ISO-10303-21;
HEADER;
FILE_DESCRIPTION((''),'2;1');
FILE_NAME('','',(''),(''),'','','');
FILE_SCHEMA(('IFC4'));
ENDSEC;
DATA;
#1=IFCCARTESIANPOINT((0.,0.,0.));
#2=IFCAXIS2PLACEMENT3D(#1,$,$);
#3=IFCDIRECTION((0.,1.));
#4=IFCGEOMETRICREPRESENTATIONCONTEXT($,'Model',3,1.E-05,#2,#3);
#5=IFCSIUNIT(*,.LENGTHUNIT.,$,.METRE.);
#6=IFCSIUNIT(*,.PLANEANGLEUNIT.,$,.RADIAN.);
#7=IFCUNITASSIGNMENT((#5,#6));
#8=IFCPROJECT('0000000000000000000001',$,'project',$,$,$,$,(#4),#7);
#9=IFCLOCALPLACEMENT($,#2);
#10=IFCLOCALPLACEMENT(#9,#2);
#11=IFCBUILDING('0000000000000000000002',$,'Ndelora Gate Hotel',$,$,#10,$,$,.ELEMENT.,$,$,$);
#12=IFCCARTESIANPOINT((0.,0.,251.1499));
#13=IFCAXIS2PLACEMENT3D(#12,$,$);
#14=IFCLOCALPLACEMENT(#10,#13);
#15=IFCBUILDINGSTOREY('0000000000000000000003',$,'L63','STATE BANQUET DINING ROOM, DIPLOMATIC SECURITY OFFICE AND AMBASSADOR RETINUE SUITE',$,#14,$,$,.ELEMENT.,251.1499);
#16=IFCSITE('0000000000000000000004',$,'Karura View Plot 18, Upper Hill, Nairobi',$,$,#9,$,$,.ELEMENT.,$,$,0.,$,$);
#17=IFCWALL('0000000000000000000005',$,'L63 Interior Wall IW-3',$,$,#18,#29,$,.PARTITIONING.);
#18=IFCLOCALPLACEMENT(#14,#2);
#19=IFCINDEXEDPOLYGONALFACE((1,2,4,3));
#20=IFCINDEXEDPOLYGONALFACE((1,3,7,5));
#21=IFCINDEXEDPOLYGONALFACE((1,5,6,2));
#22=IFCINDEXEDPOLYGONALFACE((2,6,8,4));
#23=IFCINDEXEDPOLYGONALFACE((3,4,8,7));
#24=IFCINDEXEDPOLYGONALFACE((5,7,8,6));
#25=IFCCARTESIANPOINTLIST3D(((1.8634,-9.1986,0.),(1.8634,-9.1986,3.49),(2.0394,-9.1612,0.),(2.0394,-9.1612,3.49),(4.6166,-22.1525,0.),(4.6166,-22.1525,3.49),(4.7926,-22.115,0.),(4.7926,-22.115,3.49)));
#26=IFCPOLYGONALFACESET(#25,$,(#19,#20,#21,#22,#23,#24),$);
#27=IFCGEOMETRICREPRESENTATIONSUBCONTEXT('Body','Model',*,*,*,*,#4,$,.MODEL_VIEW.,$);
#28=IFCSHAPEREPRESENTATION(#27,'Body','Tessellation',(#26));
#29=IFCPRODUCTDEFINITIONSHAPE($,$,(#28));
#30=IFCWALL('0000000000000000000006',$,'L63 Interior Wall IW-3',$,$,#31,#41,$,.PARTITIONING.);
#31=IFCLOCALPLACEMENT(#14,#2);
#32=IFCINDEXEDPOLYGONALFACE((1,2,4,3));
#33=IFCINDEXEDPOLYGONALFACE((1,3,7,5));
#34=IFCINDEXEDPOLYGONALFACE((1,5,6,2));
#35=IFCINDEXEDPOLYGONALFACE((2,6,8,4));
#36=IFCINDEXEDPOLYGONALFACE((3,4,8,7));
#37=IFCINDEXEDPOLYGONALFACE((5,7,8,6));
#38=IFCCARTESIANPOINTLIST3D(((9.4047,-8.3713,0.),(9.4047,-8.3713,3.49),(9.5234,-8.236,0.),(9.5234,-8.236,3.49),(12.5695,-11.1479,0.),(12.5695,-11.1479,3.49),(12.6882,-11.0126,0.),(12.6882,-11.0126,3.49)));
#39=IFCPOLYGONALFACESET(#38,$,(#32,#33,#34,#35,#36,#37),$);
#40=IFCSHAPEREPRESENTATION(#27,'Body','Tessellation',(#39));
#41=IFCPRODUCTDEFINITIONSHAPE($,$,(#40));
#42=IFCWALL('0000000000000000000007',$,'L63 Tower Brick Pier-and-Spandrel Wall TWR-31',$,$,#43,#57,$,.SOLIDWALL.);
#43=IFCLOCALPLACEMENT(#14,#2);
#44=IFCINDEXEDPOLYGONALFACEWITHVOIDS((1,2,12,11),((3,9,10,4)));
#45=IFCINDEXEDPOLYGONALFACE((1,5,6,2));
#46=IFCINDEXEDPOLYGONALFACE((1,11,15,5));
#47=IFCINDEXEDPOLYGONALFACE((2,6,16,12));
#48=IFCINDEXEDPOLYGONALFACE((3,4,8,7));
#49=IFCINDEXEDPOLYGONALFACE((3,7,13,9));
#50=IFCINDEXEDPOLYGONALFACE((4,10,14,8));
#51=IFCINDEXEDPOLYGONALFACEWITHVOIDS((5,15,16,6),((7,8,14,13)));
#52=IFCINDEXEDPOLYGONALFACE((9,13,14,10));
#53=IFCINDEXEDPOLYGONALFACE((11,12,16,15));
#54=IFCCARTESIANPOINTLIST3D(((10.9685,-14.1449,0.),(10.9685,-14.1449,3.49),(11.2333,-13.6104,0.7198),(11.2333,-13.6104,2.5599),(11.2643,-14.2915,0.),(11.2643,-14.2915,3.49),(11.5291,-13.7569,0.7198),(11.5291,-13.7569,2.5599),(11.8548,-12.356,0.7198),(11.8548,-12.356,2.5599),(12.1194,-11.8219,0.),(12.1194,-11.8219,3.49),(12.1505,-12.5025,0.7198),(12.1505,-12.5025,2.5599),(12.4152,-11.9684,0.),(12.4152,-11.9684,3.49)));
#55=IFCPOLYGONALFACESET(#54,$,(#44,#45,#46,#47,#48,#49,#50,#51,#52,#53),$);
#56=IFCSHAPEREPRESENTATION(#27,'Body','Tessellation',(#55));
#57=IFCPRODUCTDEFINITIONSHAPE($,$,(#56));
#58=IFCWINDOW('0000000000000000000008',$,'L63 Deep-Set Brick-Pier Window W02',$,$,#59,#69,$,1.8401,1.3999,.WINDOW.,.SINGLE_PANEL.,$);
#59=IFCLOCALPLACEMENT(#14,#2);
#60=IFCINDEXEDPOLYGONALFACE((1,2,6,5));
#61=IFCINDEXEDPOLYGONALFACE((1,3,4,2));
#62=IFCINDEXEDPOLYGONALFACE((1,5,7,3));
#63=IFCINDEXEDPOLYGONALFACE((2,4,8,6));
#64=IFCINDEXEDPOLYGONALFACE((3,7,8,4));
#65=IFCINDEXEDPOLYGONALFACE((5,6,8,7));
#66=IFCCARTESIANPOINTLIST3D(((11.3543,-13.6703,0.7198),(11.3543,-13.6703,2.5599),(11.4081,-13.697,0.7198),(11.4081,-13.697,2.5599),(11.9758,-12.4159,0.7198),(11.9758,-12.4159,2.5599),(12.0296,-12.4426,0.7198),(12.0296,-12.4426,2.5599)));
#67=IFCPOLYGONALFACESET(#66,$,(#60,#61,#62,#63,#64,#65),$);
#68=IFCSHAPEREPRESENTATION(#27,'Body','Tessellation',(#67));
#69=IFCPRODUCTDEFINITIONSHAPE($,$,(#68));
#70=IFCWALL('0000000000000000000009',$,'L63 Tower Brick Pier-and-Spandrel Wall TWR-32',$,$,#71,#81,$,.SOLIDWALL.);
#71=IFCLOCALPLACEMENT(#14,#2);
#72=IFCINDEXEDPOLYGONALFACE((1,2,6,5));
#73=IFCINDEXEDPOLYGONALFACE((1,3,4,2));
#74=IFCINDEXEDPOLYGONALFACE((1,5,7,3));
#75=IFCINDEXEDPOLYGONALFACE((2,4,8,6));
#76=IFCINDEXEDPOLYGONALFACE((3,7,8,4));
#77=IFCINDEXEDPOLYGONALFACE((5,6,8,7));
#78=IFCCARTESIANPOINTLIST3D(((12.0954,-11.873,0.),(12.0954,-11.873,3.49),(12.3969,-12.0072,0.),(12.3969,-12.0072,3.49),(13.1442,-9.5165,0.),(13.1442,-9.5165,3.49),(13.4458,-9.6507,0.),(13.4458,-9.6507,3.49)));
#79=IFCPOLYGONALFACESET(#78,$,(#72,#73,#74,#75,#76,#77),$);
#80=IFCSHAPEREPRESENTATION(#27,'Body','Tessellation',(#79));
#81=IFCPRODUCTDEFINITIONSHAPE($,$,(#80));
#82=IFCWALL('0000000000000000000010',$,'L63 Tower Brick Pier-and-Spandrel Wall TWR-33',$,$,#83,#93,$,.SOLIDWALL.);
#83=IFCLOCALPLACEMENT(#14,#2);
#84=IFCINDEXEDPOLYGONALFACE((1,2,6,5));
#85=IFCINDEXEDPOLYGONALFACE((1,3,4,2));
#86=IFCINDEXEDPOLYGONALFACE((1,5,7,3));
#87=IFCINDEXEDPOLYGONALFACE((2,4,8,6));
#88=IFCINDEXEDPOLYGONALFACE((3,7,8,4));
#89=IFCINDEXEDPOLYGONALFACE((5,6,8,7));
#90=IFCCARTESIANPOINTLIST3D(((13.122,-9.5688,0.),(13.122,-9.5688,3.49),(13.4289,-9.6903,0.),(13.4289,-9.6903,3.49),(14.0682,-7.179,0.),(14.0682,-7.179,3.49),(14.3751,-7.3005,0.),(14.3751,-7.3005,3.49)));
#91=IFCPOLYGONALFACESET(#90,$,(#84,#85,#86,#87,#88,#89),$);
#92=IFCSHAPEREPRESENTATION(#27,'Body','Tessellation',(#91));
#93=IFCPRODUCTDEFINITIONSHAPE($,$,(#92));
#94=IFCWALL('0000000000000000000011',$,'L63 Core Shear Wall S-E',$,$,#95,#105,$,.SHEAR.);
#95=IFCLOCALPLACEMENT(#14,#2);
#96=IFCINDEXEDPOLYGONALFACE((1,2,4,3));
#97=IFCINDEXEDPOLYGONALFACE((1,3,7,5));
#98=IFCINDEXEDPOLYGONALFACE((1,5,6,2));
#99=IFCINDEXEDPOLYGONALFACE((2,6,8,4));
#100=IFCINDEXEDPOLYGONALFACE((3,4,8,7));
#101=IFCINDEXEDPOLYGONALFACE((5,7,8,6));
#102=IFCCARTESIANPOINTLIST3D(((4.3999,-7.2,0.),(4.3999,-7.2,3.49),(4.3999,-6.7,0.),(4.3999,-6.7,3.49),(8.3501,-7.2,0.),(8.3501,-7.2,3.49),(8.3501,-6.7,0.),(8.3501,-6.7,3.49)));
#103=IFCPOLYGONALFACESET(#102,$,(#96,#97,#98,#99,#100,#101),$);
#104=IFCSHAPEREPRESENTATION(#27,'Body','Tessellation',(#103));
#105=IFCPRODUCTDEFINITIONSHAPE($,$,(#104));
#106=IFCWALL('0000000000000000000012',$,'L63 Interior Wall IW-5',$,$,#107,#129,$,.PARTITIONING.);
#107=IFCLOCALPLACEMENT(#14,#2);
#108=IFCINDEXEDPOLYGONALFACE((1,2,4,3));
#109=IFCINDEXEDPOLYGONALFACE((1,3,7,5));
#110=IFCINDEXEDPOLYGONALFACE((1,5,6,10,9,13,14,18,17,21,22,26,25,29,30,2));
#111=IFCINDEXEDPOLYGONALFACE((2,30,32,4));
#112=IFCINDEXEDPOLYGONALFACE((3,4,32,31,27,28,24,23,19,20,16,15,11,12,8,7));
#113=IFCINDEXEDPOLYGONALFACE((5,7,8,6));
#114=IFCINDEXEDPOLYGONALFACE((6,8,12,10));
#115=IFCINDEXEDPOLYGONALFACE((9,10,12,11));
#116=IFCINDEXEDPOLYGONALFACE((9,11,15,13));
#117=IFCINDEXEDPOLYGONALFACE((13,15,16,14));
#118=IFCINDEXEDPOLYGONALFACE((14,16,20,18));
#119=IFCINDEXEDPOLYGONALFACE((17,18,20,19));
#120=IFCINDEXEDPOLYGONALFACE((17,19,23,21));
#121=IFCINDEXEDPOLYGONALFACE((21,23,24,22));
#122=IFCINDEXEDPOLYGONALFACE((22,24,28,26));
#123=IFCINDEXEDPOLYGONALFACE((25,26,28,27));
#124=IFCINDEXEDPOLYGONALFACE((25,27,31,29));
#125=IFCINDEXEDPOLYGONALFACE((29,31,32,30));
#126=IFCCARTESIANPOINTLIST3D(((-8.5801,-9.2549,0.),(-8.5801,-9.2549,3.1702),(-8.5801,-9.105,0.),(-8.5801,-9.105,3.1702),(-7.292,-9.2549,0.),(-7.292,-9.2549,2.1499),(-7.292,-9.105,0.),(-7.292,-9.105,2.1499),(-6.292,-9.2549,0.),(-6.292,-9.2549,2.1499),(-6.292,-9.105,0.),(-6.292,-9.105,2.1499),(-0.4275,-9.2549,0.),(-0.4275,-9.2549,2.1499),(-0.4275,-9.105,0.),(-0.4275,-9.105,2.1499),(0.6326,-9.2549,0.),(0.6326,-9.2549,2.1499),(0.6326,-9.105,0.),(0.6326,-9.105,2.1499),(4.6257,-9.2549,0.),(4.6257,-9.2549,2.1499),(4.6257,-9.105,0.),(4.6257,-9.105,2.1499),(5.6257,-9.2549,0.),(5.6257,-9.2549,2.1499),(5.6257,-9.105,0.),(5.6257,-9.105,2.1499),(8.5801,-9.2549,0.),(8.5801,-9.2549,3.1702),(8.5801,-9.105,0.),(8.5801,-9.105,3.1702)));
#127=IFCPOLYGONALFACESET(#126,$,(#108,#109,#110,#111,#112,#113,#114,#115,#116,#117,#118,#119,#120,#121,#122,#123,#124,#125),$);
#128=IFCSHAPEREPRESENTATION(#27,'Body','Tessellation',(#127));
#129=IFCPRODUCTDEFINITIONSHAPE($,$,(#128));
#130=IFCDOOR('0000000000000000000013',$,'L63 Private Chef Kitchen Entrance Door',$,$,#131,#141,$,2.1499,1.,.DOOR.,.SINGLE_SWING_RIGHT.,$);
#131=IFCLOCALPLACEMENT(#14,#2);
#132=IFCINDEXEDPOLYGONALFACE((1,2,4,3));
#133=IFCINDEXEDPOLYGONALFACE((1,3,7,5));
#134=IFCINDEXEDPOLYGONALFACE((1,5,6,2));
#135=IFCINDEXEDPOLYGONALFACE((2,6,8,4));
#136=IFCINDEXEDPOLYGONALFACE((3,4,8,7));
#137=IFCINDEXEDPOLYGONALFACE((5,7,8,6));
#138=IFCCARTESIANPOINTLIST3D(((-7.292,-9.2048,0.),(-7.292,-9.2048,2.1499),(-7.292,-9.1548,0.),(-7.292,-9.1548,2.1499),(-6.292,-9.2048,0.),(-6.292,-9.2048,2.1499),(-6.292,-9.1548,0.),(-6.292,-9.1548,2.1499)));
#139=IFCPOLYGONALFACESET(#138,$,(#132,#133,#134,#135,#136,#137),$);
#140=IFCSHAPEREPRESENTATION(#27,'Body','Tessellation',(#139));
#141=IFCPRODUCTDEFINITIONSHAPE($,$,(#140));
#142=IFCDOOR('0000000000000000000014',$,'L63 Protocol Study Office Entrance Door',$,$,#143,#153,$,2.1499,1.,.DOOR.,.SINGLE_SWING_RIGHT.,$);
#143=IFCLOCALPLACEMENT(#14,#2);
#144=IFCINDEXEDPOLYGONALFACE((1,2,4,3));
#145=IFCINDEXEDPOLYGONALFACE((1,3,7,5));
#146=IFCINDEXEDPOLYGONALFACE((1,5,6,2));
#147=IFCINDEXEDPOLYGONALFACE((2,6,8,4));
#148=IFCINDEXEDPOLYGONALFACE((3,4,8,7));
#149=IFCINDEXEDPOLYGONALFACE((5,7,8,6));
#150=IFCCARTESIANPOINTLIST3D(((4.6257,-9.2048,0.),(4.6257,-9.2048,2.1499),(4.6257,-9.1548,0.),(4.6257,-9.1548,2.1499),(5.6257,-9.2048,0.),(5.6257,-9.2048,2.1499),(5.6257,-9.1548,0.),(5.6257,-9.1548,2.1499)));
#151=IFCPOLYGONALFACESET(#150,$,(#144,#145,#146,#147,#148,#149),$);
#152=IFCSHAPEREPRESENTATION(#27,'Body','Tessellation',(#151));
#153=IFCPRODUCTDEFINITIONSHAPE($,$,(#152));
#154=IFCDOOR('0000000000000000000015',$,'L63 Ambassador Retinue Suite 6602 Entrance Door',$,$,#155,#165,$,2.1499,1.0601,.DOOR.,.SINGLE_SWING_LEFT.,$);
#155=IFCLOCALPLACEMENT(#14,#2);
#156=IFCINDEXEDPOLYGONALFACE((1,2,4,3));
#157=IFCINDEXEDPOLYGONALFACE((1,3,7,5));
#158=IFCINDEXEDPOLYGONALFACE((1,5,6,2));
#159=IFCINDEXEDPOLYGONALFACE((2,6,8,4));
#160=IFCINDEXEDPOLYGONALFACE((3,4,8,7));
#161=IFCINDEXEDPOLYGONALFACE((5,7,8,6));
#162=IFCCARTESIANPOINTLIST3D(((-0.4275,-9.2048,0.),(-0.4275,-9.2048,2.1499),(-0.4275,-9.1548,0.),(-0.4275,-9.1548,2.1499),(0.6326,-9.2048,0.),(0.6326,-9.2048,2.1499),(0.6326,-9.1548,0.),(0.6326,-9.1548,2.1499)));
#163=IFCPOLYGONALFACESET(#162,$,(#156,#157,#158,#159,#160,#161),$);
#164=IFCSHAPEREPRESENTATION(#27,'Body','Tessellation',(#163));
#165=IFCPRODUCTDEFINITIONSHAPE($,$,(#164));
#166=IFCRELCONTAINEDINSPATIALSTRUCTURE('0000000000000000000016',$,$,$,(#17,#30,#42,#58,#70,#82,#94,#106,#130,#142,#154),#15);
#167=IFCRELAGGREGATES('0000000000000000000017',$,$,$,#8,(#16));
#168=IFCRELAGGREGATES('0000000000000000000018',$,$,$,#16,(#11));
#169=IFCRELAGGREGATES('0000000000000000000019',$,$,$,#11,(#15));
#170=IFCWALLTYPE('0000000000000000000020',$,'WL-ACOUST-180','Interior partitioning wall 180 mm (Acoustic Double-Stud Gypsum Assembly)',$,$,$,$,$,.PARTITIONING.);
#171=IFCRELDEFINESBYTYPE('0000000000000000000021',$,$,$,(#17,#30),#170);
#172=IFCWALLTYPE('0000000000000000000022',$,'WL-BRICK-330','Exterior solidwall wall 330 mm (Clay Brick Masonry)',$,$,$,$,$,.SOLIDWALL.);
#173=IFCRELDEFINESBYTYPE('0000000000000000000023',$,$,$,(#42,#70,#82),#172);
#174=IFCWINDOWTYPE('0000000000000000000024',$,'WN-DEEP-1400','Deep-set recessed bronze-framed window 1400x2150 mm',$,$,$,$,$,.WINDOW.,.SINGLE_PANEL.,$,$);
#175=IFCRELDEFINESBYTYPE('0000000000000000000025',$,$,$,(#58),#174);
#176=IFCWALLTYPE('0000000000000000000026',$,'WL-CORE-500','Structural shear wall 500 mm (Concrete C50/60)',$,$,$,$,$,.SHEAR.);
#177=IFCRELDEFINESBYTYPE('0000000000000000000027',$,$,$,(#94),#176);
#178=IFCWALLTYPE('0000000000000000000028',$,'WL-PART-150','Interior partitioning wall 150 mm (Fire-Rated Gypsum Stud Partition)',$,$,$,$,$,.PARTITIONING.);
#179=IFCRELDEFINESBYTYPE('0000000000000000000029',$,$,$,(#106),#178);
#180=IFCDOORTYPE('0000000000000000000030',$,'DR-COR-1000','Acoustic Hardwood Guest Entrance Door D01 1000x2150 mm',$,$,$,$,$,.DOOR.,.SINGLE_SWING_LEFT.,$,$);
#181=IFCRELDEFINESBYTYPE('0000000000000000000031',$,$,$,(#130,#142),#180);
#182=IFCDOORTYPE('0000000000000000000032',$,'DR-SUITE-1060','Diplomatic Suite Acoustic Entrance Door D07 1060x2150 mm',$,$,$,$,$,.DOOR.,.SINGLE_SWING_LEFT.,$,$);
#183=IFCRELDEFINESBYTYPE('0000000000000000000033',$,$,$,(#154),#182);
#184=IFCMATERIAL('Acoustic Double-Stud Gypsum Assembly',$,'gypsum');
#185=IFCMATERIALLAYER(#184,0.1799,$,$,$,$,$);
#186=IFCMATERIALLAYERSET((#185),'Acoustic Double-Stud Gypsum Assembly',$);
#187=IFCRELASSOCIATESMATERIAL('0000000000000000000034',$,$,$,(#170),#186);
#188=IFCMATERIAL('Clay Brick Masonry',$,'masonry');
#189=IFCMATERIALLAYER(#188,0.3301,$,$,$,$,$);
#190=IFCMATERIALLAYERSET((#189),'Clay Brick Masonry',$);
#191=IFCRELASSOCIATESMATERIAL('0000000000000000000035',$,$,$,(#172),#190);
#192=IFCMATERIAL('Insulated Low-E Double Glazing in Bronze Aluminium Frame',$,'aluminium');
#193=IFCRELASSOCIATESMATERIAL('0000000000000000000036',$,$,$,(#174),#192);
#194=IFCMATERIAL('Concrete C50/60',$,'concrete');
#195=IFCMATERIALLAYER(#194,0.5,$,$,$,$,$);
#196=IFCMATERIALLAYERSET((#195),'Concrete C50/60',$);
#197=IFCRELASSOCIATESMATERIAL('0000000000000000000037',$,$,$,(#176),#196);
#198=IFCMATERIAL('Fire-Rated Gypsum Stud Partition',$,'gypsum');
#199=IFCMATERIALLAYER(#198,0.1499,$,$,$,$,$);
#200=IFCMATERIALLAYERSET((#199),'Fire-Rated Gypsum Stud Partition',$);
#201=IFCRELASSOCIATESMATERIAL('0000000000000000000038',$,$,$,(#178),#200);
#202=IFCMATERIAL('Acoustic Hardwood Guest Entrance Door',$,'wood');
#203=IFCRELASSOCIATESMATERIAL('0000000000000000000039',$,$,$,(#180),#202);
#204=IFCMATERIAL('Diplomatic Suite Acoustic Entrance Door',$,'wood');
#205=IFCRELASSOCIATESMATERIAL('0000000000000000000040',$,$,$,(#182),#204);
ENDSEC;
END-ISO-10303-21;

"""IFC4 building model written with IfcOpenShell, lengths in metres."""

from ifc_helpers import new_model, si_unit, direction, frame, frame_2d, origin, place, context, subcontext, project, spatial, rectangle, extrude, material, layer, layer_set, type_object, element, fill, save


model = new_model("IFC4")

# Units and contexts
model_context = context("Model", 3, precision=1e-05, world=origin(), true_north=direction((0.0, 1.0)))
body_context = subcontext(model_context, "Body", "Model", "MODEL_VIEW")
ifc_project = project(units=[si_unit("LENGTHUNIT", "METRE"), si_unit("PLANEANGLEUNIT", "RADIAN")], contexts=[model_context])

# Site, building, storey
site_placement = place(None, origin())
site = spatial("IfcSite", under=ifc_project, at=site_placement, Name="Karura View Plot 18, Upper Hill, Nairobi", CompositionType="ELEMENT", RefElevation=0.0)
building_placement = place(site_placement, origin())
building = spatial("IfcBuilding", under=site, at=building_placement, Name="Ndelora Gate Hotel", CompositionType="ELEMENT")
storey_placement = place(building_placement, frame((0.0, 0.0, 251.1499)))
storey = spatial("IfcBuildingStorey", under=building, at=storey_placement, Name="L63", Description="STATE BANQUET DINING ROOM, DIPLOMATIC SECURITY OFFICE AND AMBASSADOR RETINUE SUITE", CompositionType="ELEMENT", Elevation=251.1499)

# Shared definitions
ifc_material_1 = material(Name="Concrete C50/60", Category="concrete")

# Walls
ifc_material_2 = material(Name="Acoustic Double-Stud Gypsum Assembly", Category="gypsum")
ifc_layer_1 = layer(ifc_material_2, 0.1799)
ifc_layer_set_1 = layer_set([ifc_layer_1], Name="Acoustic Double-Stud Gypsum Assembly")
wall_type_1 = type_object("IfcWallType", Name="WL-ACOUST-180", Description="Interior partitioning wall 180 mm (Acoustic Double-Stud Gypsum Assembly)", PredefinedType="PARTITIONING", material=ifc_layer_set_1)
wall_1_placement = place(storey_placement, frame((1.9514, -9.1799, 0.0), z_axis=(0.0, 0.0, 1.0), x_axis=(0.207893, -0.978151, 0.0)))
element("IfcWall", 1, at=wall_1_placement, inside=storey, type_object=wall_type_1, Name="L63 Interior Wall IW-3", PredefinedType="PARTITIONING", context=body_context, shape_type="SweptSolid", body=[
    extrude(rectangle(XDim=13.2432, YDim=0.1799, at=frame_2d((6.6216, 0.0))), origin(), (0.0, 0.0, 1.0), 3.49),
])
wall_2_placement = place(storey_placement, frame((9.4641, -8.3037, 0.0), z_axis=(0.0, 0.0, 1.0), x_axis=(0.751703, -0.659502, 0.0)))
element("IfcWall", 2, at=wall_2_placement, inside=storey, type_object=wall_type_1, Name="L63 Interior Wall IW-3", PredefinedType="PARTITIONING", context=body_context, shape_type="SweptSolid", body=[
    extrude(rectangle(XDim=4.2102, YDim=0.1799, at=frame_2d((2.105, 0.0))), origin(), (0.0, 0.0, 1.0), 3.49),
])

# Wall, opening, window
ifc_material_3 = material(Name="Clay Brick Masonry", Category="masonry")
ifc_layer_2 = layer(ifc_material_3, 0.3301)
ifc_layer_set_2 = layer_set([ifc_layer_2], Name="Clay Brick Masonry")
wall_type_2 = type_object("IfcWallType", Name="WL-BRICK-330", Description="Exterior solidwall wall 330 mm (Clay Brick Masonry)", PredefinedType="SOLIDWALL", material=ifc_layer_set_2)
wall_3_placement = place(storey_placement, frame((12.2673, -11.895, 0.0), z_axis=(0.0, 0.0, 1.0), x_axis=(-0.443933, -0.89606, 0.0)))
wall_3 = element("IfcWall", 3, at=wall_3_placement, inside=storey, type_object=wall_type_2, Name="L63 Tower Brick Pier-and-Spandrel Wall TWR-31", PredefinedType="SOLIDWALL", context=body_context, shape_type="SweptSolid", body=[
    extrude(rectangle(XDim=2.5925, YDim=0.3301, at=frame_2d((1.2964, 0.0))), origin(), (0.0, 0.0, 1.0), 3.49),
])
opening_1_placement = place(wall_3_placement, frame((0.5962, 0.0, 0.72)))
opening_1 = element("IfcOpeningElement", 4, at=opening_1_placement, cuts=wall_3, PredefinedType="OPENING", context=body_context, shape_type="SweptSolid", body=[
    extrude(rectangle(XDim=1.3999, YDim=1.8401, at=frame_2d((0.7, 0.9199))), frame((0.0, 0.175, 0.0), z_axis=(0.0, -1.0, 0.0), x_axis=(1.0, 0.0, 0.0)), (0.0, 0.0, 1.0), 0.3501),
])
ifc_material_4 = material(Name="Insulated Low-E Double Glazing in Bronze Aluminium Frame", Category="aluminium")
window_type = type_object("IfcWindowType", Name="WN-DEEP-1400", Description="Deep-set recessed bronze-framed window 1400x2150 mm", PartitioningType="SINGLE_PANEL", PredefinedType="WINDOW", material=ifc_material_4)
window_placement = place(opening_1_placement, origin())
window = element("IfcWindow", 5, at=window_placement, inside=storey, type_object=window_type, Name="L63 Deep-Set Brick-Pier Window W02", OverallHeight=1.8401, OverallWidth=1.3999, PartitioningType="SINGLE_PANEL", PredefinedType="WINDOW", context=body_context, shape_type="SweptSolid", body=[
    extrude(rectangle(XDim=1.3999, YDim=1.8401, at=frame_2d((0.7, 0.9199))), frame((0.0, 0.03, 0.0), z_axis=(0.0, -1.0, 0.0), x_axis=(1.0, 0.0, 0.0)), (0.0, 0.0, 1.0), 0.0601),
])
fill(opening_1, window)

# Walls
wall_4_placement = place(storey_placement, frame((13.2949, -9.5837, 0.0), z_axis=(0.0, 0.0, 1.0), x_axis=(-0.40663, -0.913593, 0.0)))
element("IfcWall", 6, at=wall_4_placement, inside=storey, type_object=wall_type_2, Name="L63 Tower Brick Pier-and-Spandrel Wall TWR-32", PredefinedType="SOLIDWALL", context=body_context, shape_type="SweptSolid", body=[
    extrude(rectangle(XDim=2.5793, YDim=0.3301, at=frame_2d((1.2896, 0.0))), origin(), (0.0, 0.0, 1.0), 3.49),
])
wall_5_placement = place(storey_placement, frame((14.2217, -7.2397, 0.0), z_axis=(0.0, 0.0, 1.0), x_axis=(-0.368146, -0.929768, 0.0)))
element("IfcWall", 7, at=wall_5_placement, inside=storey, type_object=wall_type_2, Name="L63 Tower Brick Pier-and-Spandrel Wall TWR-33", PredefinedType="SOLIDWALL", context=body_context, shape_type="SweptSolid", body=[
    extrude(rectangle(XDim=2.5703, YDim=0.3301, at=frame_2d((1.2852, 0.0))), origin(), (0.0, 0.0, 1.0), 3.49),
])
ifc_layer_3 = layer(ifc_material_1, 0.5)
ifc_layer_set_3 = layer_set([ifc_layer_3], Name="Concrete C50/60")
wall_type_3 = type_object("IfcWallType", Name="WL-CORE-500", Description="Structural shear wall 500 mm (Concrete C50/60)", PredefinedType="SHEAR", material=ifc_layer_set_3)
wall_6_placement = place(storey_placement, frame((4.3999, -6.95, 0.0), z_axis=(0.0, 0.0, 1.0), x_axis=(1.0, 0.0, 0.0)))
element("IfcWall", 8, at=wall_6_placement, inside=storey, type_object=wall_type_3, Name="L63 Core Shear Wall S-E", PredefinedType="SHEAR", context=body_context, shape_type="SweptSolid", body=[
    extrude(rectangle(XDim=3.9502, YDim=0.5, at=frame_2d((1.9751, 0.0))), origin(), (0.0, 0.0, 1.0), 3.49),
])

# Wall, openings, doors
ifc_material_5 = material(Name="Fire-Rated Gypsum Stud Partition", Category="gypsum")
ifc_layer_4 = layer(ifc_material_5, 0.1499)
ifc_layer_set_4 = layer_set([ifc_layer_4], Name="Fire-Rated Gypsum Stud Partition")
wall_type_4 = type_object("IfcWallType", Name="WL-PART-150", Description="Interior partitioning wall 150 mm (Fire-Rated Gypsum Stud Partition)", PredefinedType="PARTITIONING", material=ifc_layer_set_4)
wall_7_placement = place(storey_placement, frame((8.5801, -9.1799, 0.0), z_axis=(0.0, 0.0, 1.0), x_axis=(-1.0, 0.0, 0.0)))
wall_7 = element("IfcWall", 9, at=wall_7_placement, inside=storey, type_object=wall_type_4, Name="L63 Interior Wall IW-5", PredefinedType="PARTITIONING", context=body_context, shape_type="SweptSolid", body=[
    extrude(rectangle(XDim=17.1602, YDim=0.1499, at=frame_2d((8.5801, 0.0))), origin(), (0.0, 0.0, 1.0), 3.1702),
])
opening_2_placement = place(wall_7_placement, frame((14.8721, 0.0, 0.0)))
opening_2 = element("IfcOpeningElement", 10, at=opening_2_placement, cuts=wall_7, PredefinedType="OPENING", context=body_context, shape_type="SweptSolid", body=[
    extrude(rectangle(XDim=1.0, YDim=2.1499, at=frame_2d((0.5, 1.075))), frame((0.0, 0.085, 0.0), z_axis=(0.0, -1.0, 0.0), x_axis=(1.0, 0.0, 0.0)), (0.0, 0.0, 1.0), 0.1699),
])
opening_3_placement = place(wall_7_placement, frame((2.9543, 0.0, 0.0)))
opening_3 = element("IfcOpeningElement", 11, at=opening_3_placement, cuts=wall_7, PredefinedType="OPENING", context=body_context, shape_type="SweptSolid", body=[
    extrude(rectangle(XDim=1.0, YDim=2.1499, at=frame_2d((0.5, 1.075))), frame((0.0, 0.085, 0.0), z_axis=(0.0, -1.0, 0.0), x_axis=(1.0, 0.0, 0.0)), (0.0, 0.0, 1.0), 0.1699),
])
opening_4_placement = place(wall_7_placement, frame((7.9475, 0.0, 0.0)))
opening_4 = element("IfcOpeningElement", 12, at=opening_4_placement, cuts=wall_7, PredefinedType="OPENING", context=body_context, shape_type="SweptSolid", body=[
    extrude(rectangle(XDim=1.0601, YDim=2.1499, at=frame_2d((0.53, 1.075))), frame((0.0, 0.085, 0.0), z_axis=(0.0, -1.0, 0.0), x_axis=(1.0, 0.0, 0.0)), (0.0, 0.0, 1.0), 0.1699),
])
ifc_material_6 = material(Name="Acoustic Hardwood Guest Entrance Door", Category="wood")
door_type_1 = type_object("IfcDoorType", Name="DR-COR-1000", Description="Acoustic Hardwood Guest Entrance Door D01 1000x2150 mm", OperationType="SINGLE_SWING_LEFT", PredefinedType="DOOR", material=ifc_material_6)
door_1_placement = place(opening_2_placement, origin())
door_1 = element("IfcDoor", 13, at=door_1_placement, inside=storey, type_object=door_type_1, Name="L63 Private Chef Kitchen Entrance Door", OperationType="SINGLE_SWING_RIGHT", OverallHeight=2.1499, OverallWidth=1.0, PredefinedType="DOOR", context=body_context, shape_type="SweptSolid", body=[
    extrude(rectangle(XDim=1.0, YDim=2.1499, at=frame_2d((0.5, 1.075))), frame((0.0, 0.0249, 0.0), z_axis=(0.0, -1.0, 0.0), x_axis=(1.0, 0.0, 0.0)), (0.0, 0.0, 1.0), 0.05),
])
fill(opening_2, door_1)
door_2_placement = place(opening_3_placement, origin())
door_2 = element("IfcDoor", 14, at=door_2_placement, inside=storey, type_object=door_type_1, Name="L63 Protocol Study Office Entrance Door", OperationType="SINGLE_SWING_RIGHT", OverallHeight=2.1499, OverallWidth=1.0, PredefinedType="DOOR", context=body_context, shape_type="SweptSolid", body=[
    extrude(rectangle(XDim=1.0, YDim=2.1499, at=frame_2d((0.5, 1.075))), frame((0.0, 0.0249, 0.0), z_axis=(0.0, -1.0, 0.0), x_axis=(1.0, 0.0, 0.0)), (0.0, 0.0, 1.0), 0.05),
])
fill(opening_3, door_2)
ifc_material_7 = material(Name="Diplomatic Suite Acoustic Entrance Door", Category="wood")
door_type_2 = type_object("IfcDoorType", Name="DR-SUITE-1060", Description="Diplomatic Suite Acoustic Entrance Door D07 1060x2150 mm", OperationType="SINGLE_SWING_LEFT", PredefinedType="DOOR", material=ifc_material_7)
door_3_placement = place(opening_4_placement, origin())
door_3 = element("IfcDoor", 15, at=door_3_placement, inside=storey, type_object=door_type_2, Name="L63 Ambassador Retinue Suite 6602 Entrance Door", OperationType="SINGLE_SWING_LEFT", OverallHeight=2.1499, OverallWidth=1.0601, PredefinedType="DOOR", context=body_context, shape_type="SweptSolid", body=[
    extrude(rectangle(XDim=1.0601, YDim=2.1499, at=frame_2d((0.53, 1.075))), frame((0.0, 0.0249, 0.0), z_axis=(0.0, -1.0, 0.0), x_axis=(1.0, 0.0, 0.0)), (0.0, 0.0, 1.0), 0.05),
])
fill(opening_4, door_3)

save(model, "model.ifc")
